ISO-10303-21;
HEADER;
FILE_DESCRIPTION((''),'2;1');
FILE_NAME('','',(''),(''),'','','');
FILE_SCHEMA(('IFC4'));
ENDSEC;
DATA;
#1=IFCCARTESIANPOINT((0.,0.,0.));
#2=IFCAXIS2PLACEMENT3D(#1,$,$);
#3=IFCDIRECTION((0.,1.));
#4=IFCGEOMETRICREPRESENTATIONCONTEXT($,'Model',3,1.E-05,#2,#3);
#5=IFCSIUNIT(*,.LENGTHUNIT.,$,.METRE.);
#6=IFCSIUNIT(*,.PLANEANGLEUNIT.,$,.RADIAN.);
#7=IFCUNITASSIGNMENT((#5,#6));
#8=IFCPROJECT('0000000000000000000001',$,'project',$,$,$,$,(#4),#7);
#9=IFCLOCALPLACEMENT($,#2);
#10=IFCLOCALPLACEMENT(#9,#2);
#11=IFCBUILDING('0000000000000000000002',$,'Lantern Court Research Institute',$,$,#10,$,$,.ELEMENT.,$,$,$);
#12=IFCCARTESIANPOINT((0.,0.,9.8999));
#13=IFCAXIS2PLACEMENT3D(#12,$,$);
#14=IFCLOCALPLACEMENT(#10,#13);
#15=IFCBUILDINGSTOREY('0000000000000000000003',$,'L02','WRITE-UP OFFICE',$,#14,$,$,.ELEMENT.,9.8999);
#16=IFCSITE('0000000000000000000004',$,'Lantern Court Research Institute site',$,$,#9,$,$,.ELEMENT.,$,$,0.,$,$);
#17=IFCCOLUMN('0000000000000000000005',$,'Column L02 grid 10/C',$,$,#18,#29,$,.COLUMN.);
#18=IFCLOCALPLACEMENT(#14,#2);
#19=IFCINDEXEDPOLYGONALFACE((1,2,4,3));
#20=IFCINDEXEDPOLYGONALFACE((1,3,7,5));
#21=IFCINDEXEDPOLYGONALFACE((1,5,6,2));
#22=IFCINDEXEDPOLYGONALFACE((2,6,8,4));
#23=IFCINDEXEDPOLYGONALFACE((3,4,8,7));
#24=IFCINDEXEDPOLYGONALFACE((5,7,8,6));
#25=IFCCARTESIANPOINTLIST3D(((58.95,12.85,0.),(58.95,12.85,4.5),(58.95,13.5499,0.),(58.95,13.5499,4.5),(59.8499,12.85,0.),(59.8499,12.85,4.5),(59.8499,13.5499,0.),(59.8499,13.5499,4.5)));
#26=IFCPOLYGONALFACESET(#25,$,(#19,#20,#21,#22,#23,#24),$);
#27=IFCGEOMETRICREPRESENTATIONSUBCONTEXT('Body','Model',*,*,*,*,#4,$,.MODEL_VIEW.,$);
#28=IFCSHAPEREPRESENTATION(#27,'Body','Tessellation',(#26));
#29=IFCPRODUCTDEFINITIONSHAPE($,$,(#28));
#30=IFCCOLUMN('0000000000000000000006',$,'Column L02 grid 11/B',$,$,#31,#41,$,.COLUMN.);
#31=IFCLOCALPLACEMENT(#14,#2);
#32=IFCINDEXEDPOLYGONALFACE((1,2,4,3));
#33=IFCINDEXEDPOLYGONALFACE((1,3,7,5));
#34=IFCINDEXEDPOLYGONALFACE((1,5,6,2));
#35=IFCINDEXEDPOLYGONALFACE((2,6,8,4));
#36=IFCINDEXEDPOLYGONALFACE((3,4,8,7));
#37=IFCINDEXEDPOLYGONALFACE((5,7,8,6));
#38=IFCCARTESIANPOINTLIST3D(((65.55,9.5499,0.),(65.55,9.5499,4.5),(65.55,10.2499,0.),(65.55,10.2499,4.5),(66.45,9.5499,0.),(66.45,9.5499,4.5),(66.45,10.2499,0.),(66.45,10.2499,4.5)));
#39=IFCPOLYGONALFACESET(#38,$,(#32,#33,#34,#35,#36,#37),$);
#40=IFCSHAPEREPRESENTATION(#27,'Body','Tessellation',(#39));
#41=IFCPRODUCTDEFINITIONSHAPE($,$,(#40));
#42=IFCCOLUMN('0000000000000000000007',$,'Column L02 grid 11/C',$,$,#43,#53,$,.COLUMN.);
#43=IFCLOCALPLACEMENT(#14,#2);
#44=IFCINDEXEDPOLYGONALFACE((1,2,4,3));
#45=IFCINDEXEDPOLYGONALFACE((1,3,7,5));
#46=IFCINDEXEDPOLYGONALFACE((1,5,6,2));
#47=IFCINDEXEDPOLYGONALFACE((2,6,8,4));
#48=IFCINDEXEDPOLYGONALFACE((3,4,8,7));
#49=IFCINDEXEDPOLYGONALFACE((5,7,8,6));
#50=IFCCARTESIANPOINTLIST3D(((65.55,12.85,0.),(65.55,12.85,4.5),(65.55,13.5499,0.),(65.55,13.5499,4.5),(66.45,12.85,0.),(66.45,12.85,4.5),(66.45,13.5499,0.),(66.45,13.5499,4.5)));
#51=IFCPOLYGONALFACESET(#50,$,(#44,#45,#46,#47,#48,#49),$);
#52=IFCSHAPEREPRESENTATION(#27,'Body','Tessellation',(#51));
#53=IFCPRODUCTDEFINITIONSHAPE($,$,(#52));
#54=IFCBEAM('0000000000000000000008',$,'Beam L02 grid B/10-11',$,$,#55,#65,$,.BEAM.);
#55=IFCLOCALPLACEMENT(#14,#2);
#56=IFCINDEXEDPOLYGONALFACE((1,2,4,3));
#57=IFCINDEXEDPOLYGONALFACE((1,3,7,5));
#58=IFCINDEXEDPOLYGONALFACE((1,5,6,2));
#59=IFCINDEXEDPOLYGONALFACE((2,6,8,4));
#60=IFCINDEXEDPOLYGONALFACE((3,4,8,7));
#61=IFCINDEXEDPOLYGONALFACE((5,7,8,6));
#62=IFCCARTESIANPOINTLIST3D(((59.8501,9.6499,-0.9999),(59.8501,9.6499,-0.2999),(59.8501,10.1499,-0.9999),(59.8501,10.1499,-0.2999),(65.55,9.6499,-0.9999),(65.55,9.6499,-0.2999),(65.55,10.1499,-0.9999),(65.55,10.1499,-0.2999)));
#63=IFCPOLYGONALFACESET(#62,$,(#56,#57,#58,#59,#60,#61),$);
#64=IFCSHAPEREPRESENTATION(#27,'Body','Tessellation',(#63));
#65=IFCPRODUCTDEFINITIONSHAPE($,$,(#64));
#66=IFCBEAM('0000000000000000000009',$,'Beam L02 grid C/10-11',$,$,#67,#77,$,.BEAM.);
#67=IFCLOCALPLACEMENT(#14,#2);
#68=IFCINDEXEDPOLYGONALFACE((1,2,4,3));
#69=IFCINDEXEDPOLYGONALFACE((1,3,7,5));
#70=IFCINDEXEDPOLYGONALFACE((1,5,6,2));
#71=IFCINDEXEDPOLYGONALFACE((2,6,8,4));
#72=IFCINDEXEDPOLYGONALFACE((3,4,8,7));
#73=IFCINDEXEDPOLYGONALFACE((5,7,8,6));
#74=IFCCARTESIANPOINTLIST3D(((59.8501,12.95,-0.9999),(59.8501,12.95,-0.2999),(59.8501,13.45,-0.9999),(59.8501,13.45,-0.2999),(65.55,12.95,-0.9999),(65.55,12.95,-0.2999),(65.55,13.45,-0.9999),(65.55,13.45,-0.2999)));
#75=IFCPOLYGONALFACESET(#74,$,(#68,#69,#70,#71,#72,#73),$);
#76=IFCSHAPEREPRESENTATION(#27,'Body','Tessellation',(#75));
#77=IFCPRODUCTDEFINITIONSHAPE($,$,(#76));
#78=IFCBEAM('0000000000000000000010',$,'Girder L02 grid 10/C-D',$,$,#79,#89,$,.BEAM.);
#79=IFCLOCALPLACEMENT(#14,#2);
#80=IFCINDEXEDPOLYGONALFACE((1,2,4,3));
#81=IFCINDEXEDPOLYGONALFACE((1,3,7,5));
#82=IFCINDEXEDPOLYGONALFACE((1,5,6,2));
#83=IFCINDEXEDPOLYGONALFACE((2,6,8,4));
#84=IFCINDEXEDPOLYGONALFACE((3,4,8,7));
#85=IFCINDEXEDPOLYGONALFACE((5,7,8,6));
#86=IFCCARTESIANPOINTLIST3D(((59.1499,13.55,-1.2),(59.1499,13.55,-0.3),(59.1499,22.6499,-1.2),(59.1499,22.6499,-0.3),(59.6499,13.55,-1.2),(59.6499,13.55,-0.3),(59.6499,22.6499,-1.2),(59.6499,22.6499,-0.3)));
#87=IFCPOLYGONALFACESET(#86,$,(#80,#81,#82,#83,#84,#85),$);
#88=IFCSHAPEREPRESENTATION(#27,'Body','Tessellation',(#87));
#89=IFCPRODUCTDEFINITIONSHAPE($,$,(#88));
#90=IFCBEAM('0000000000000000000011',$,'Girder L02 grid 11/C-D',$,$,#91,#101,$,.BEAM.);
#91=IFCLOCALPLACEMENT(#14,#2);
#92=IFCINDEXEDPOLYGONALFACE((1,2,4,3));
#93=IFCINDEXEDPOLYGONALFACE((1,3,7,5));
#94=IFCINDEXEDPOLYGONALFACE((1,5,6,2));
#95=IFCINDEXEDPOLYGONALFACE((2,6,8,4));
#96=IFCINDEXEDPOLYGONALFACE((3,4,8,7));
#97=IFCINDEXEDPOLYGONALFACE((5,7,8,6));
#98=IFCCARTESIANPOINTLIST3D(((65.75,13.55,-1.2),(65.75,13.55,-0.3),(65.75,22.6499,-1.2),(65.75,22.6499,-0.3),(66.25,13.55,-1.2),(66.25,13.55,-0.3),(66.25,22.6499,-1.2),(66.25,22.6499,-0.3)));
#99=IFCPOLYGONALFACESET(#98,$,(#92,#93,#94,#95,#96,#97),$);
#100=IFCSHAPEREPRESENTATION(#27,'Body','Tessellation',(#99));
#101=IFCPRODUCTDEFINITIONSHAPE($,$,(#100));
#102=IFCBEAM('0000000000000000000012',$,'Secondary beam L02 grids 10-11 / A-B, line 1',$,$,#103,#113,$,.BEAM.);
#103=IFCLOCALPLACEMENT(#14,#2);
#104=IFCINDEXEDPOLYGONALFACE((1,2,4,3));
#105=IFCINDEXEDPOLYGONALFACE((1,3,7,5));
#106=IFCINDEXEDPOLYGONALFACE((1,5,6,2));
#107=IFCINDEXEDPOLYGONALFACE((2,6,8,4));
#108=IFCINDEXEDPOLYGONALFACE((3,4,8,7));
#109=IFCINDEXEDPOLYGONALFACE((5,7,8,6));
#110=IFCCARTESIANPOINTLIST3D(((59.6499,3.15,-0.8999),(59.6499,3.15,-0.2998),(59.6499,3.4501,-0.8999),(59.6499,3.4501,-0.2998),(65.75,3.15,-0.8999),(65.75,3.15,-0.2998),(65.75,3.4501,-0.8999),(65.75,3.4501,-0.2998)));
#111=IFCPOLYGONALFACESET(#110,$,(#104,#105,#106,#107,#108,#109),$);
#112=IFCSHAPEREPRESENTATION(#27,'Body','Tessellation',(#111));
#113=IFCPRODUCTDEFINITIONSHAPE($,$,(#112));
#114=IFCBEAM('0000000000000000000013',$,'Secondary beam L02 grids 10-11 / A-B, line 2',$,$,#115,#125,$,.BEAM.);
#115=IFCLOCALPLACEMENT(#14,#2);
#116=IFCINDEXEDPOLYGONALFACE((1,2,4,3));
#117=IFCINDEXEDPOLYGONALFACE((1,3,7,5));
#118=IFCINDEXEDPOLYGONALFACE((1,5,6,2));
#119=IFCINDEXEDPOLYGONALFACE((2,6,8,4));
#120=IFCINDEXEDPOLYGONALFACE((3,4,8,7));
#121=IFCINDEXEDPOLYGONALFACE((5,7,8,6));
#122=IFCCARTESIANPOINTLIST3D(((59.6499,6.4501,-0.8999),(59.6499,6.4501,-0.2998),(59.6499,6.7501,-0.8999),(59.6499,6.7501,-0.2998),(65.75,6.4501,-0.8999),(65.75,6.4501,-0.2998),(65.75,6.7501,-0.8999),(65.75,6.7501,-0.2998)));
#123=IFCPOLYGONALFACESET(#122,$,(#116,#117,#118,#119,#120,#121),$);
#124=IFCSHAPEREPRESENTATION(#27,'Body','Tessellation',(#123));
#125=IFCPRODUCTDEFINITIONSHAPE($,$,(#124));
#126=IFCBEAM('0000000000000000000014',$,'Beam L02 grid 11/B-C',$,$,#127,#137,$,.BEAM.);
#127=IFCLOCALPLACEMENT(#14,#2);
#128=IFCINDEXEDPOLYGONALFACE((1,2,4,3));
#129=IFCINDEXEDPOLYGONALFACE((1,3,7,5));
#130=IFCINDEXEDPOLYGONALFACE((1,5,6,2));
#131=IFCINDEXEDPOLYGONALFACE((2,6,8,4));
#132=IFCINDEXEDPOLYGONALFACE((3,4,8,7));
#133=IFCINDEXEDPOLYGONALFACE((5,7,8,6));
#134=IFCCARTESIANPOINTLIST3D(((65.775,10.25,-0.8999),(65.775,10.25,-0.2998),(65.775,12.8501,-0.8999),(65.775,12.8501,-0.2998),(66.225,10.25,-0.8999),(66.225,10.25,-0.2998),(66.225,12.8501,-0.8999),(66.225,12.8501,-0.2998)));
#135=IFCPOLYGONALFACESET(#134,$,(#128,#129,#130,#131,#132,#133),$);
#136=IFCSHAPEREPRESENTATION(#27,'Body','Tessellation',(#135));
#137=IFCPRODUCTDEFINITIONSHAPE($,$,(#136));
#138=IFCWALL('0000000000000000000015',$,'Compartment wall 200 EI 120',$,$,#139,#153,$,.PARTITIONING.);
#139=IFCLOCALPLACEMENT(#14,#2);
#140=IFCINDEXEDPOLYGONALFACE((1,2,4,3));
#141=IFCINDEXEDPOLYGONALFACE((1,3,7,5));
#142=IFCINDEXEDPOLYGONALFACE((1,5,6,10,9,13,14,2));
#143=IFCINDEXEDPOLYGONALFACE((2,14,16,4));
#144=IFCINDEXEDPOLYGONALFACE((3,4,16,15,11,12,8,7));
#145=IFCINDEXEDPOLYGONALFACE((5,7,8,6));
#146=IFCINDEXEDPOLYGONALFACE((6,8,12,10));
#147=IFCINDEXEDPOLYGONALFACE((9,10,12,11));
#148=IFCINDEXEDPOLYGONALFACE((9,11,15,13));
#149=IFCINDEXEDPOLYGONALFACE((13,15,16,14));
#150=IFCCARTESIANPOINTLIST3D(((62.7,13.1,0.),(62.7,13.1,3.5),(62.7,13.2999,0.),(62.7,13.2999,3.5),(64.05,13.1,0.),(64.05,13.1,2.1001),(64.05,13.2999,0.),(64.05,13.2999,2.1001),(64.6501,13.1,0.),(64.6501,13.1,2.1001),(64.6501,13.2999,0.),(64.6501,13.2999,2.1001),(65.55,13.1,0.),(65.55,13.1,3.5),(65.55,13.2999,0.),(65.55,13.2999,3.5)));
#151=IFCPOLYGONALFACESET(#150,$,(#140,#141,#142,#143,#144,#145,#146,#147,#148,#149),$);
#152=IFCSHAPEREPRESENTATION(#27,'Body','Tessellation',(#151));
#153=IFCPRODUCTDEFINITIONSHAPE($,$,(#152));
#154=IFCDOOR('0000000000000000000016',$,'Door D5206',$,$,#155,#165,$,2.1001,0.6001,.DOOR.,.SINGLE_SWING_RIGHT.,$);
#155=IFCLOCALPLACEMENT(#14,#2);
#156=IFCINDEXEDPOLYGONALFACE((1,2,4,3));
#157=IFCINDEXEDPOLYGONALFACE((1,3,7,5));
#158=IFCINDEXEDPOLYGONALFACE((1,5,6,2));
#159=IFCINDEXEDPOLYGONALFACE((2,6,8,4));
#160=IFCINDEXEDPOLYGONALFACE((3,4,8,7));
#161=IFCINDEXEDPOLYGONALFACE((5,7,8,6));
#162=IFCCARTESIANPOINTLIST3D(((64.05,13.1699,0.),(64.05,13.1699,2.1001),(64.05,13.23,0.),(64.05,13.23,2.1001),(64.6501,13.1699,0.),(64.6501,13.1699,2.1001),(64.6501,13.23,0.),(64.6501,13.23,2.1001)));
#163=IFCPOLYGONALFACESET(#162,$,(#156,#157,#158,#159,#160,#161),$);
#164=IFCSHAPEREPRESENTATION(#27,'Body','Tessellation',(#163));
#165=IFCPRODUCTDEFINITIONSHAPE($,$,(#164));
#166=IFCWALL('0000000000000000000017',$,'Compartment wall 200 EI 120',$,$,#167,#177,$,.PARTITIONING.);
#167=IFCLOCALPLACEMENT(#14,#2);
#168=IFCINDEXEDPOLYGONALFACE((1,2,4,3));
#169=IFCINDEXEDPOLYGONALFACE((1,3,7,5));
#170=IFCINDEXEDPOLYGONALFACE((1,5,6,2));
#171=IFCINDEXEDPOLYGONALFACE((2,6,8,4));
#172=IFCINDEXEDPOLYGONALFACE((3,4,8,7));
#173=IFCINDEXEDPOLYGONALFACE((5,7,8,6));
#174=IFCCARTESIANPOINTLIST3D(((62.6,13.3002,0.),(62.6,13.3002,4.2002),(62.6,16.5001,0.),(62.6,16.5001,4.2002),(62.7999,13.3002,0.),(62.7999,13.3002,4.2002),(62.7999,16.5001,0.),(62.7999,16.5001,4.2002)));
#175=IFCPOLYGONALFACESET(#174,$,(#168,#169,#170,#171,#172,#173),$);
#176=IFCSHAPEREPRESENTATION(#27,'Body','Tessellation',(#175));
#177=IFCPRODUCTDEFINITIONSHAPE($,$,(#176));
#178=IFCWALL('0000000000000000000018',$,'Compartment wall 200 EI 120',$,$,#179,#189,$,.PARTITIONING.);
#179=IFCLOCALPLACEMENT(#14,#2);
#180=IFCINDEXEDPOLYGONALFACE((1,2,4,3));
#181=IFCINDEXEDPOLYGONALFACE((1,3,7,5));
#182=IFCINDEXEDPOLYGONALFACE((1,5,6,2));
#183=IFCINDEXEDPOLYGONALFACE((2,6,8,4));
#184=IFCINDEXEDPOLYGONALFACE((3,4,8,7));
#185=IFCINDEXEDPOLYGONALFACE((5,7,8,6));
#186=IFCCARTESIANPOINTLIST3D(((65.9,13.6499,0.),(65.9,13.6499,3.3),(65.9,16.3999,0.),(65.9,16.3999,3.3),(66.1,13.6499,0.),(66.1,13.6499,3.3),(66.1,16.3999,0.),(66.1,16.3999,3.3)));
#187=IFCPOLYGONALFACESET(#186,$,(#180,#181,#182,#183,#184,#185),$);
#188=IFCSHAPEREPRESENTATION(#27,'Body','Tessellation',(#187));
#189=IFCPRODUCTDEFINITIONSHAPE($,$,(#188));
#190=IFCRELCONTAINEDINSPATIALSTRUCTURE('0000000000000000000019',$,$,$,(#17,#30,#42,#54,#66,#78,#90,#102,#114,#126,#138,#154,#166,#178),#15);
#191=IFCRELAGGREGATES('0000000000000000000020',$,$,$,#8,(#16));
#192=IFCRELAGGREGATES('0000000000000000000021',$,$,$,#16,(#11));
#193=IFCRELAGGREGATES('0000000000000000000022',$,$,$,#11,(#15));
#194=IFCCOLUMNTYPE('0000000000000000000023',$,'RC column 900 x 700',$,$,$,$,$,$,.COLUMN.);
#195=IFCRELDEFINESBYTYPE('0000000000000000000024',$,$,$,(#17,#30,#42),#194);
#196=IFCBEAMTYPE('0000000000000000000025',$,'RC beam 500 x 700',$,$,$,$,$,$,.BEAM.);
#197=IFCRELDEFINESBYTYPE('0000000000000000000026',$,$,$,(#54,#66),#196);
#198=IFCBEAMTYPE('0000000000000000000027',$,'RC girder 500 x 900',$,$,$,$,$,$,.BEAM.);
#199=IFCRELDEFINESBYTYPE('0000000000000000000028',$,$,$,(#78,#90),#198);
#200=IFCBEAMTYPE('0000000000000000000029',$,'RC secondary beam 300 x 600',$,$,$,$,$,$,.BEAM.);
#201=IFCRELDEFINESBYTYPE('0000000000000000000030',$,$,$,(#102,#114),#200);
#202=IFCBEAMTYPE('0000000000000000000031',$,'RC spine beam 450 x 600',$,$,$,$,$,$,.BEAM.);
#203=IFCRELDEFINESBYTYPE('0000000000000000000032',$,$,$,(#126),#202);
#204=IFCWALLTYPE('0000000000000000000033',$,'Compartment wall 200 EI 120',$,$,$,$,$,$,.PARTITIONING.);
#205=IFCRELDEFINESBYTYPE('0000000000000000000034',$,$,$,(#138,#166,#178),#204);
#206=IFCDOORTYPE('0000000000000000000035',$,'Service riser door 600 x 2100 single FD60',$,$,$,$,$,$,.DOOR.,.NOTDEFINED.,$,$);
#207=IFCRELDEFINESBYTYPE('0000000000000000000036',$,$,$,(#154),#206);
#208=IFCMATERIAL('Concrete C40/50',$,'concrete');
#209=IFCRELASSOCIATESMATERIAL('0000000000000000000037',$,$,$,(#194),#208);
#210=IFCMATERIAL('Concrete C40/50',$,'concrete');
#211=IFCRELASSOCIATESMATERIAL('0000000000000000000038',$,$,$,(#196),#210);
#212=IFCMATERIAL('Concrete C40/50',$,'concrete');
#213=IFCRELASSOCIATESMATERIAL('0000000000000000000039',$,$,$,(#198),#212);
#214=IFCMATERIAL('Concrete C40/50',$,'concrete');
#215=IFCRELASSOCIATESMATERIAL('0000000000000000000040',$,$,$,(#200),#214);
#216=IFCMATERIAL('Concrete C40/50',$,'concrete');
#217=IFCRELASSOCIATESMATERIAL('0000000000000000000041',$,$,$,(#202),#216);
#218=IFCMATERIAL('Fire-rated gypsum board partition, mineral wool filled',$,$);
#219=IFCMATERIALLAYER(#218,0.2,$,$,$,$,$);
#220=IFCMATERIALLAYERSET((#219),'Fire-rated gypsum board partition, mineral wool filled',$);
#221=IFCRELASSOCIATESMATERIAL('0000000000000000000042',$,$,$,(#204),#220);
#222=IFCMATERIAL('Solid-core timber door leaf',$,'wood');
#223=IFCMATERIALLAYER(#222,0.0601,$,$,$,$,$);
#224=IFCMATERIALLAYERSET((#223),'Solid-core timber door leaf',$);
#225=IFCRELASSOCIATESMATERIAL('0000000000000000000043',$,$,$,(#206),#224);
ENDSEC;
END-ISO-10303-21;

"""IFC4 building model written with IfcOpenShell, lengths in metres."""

from ifc_helpers import new_model, si_unit, direction, frame, frame_2d, origin, origin_2d, place, context, subcontext, project, spatial, rectangle, extrude, material, layer, layer_set, material_profile, profile_set, type_object, element, fill, save


model = new_model("IFC4")

# Units and contexts
model_context = context("Model", 3, precision=1e-05, world=origin(), true_north=direction((0.0, 1.0)))
body_context = subcontext(model_context, "Body", "Model", "MODEL_VIEW")
ifc_project = project(units=[si_unit("LENGTHUNIT", "METRE"), si_unit("PLANEANGLEUNIT", "RADIAN")], contexts=[model_context])

# Site, building, storey
site_placement = place(None, origin())
site = spatial("IfcSite", under=ifc_project, at=site_placement, Name="Lantern Court Research Institute site", CompositionType="ELEMENT", RefElevation=0.0)
building_placement = place(site_placement, origin())
building = spatial("IfcBuilding", under=site, at=building_placement, Name="Lantern Court Research Institute", CompositionType="ELEMENT")
storey_placement = place(building_placement, frame((0.0, 0.0, 9.8999)))
storey = spatial("IfcBuildingStorey", under=building, at=storey_placement, Name="L02", Description="WRITE-UP OFFICE", CompositionType="ELEMENT", Elevation=9.8999)

# Columns
ifc_material_1 = material(Name="Concrete C40/50", Category="concrete")
ifc_material_profile_1 = material_profile(ifc_material_1, rectangle(XDim=0.8999, YDim=0.7, at=origin_2d()), Name="RC column 900 x 700")
ifc_profile_set_1 = profile_set([ifc_material_profile_1], Name="Concrete C40/50")
column_type = type_object("IfcColumnType", Name="RC column 900 x 700", PredefinedType="COLUMN", material=ifc_profile_set_1)
for number, where, z_axis, x_axis, name in (
    (1, (59.3999, 13.2, 0.0), (0.0, 0.0, 1.0), (1.0, 0.0, 0.0), "Column L02 grid 10/C"),
    (2, (66.0, 9.8999, 0.0), (0.0, 0.0, 1.0), (1.0, 0.0, 0.0), "Column L02 grid 11/B"),
    (3, (66.0, 13.2, 0.0), (0.0, 0.0, 1.0), (1.0, 0.0, 0.0), "Column L02 grid 11/C"),
):
    element("IfcColumn", number, at=place(storey_placement, frame(where, z_axis=z_axis, x_axis=x_axis)), inside=storey, type_object=column_type, Name=name, PredefinedType="COLUMN", context=body_context, shape_type="SweptSolid", body=[
        extrude(rectangle(XDim=0.8999, YDim=0.7, at=origin_2d()), origin(), (0.0, 0.0, 1.0), 4.5),
    ])

# Beams
ifc_material_2 = material(Name="Concrete C40/50", Category="concrete")
ifc_material_profile_2 = material_profile(ifc_material_2, rectangle(XDim=0.5, YDim=0.7, at=origin_2d()), Name="RC beam 500 x 700")
ifc_profile_set_2 = profile_set([ifc_material_profile_2], Name="Concrete C40/50")
beam_type_1 = type_object("IfcBeamType", Name="RC beam 500 x 700", PredefinedType="BEAM", material=ifc_profile_set_2)
for number, where, z_axis, x_axis, name in (
    (4, (59.8501, 9.8999, -0.6499), (1.0, 0.0, 0.0), (0.0, 1.0, 0.0), "Beam L02 grid B/10-11"),
    (5, (59.8501, 13.2, -0.6499), (1.0, 0.0, 0.0), (0.0, 1.0, 0.0), "Beam L02 grid C/10-11"),
):
    element("IfcBeam", number, at=place(storey_placement, frame(where, z_axis=z_axis, x_axis=x_axis)), inside=storey, type_object=beam_type_1, Name=name, PredefinedType="BEAM", context=body_context, shape_type="SweptSolid", body=[
        extrude(rectangle(XDim=0.5, YDim=0.7, at=origin_2d()), origin(), (0.0, 0.0, 1.0), 5.7),
    ])
ifc_material_3 = material(Name="Concrete C40/50", Category="concrete")
ifc_material_profile_3 = material_profile(ifc_material_3, rectangle(XDim=0.5, YDim=0.8999, at=origin_2d()), Name="RC beam 500 x 900")
ifc_profile_set_3 = profile_set([ifc_material_profile_3], Name="Concrete C40/50")
beam_type_2 = type_object("IfcBeamType", Name="RC girder 500 x 900", PredefinedType="BEAM", material=ifc_profile_set_3)
for number, where, z_axis, x_axis, name in (
    (6, (59.3999, 13.55, -0.75), (0.0, 1.0, 0.0), (-1.0, 0.0, 0.0), "Girder L02 grid 10/C-D"),
    (7, (66.0, 13.55, -0.75), (0.0, 1.0, 0.0), (-1.0, 0.0, 0.0), "Girder L02 grid 11/C-D"),
):
    element("IfcBeam", number, at=place(storey_placement, frame(where, z_axis=z_axis, x_axis=x_axis)), inside=storey, type_object=beam_type_2, Name=name, PredefinedType="BEAM", context=body_context, shape_type="SweptSolid", body=[
        extrude(rectangle(XDim=0.5, YDim=0.8999, at=origin_2d()), origin(), (0.0, 0.0, 1.0), 9.0999),
    ])
ifc_material_4 = material(Name="Concrete C40/50", Category="concrete")
ifc_material_profile_4 = material_profile(ifc_material_4, rectangle(XDim=0.3, YDim=0.6001, at=origin_2d()), Name="RC beam 300 x 600")
ifc_profile_set_4 = profile_set([ifc_material_profile_4], Name="Concrete C40/50")
beam_type_3 = type_object("IfcBeamType", Name="RC secondary beam 300 x 600", PredefinedType="BEAM", material=ifc_profile_set_4)
for number, where, z_axis, x_axis, name in (
    (8, (59.6499, 3.3, -0.5999), (1.0, 0.0, 0.0), (0.0, 1.0, 0.0), "Secondary beam L02 grids 10-11 / A-B, line 1"),
    (9, (59.6499, 6.6001, -0.5999), (1.0, 0.0, 0.0), (0.0, 1.0, 0.0), "Secondary beam L02 grids 10-11 / A-B, line 2"),
):
    element("IfcBeam", number, at=place(storey_placement, frame(where, z_axis=z_axis, x_axis=x_axis)), inside=storey, type_object=beam_type_3, Name=name, PredefinedType="BEAM", context=body_context, shape_type="SweptSolid", body=[
        extrude(rectangle(XDim=0.3, YDim=0.6001, at=origin_2d()), origin(), (0.0, 0.0, 1.0), 6.1001),
    ])
ifc_material_5 = material(Name="Concrete C40/50", Category="concrete")
ifc_material_profile_5 = material_profile(ifc_material_5, rectangle(XDim=0.45, YDim=0.6001, at=origin_2d()), Name="RC beam 450 x 600")
ifc_profile_set_5 = profile_set([ifc_material_profile_5], Name="Concrete C40/50")
beam_type_4 = type_object("IfcBeamType", Name="RC spine beam 450 x 600", PredefinedType="BEAM", material=ifc_profile_set_5)
beam_placement = place(storey_placement, frame((66.0, 10.25, -0.5999), z_axis=(0.0, 1.0, 0.0), x_axis=(-1.0, 0.0, 0.0)))
element("IfcBeam", 10, at=beam_placement, inside=storey, type_object=beam_type_4, Name="Beam L02 grid 11/B-C", PredefinedType="BEAM", context=body_context, shape_type="SweptSolid", body=[
    extrude(rectangle(XDim=0.45, YDim=0.6001, at=origin_2d()), origin(), (0.0, 0.0, 1.0), 2.6001),
])

# Wall, opening, door
ifc_material_6 = material(Name="Fire-rated gypsum board partition, mineral wool filled")
ifc_layer_1 = layer(ifc_material_6, 0.2)
ifc_layer_set_1 = layer_set([ifc_layer_1], Name="Fire-rated gypsum board partition, mineral wool filled")
wall_type_1 = type_object("IfcWallType", Name="Compartment wall 200 EI 120", PredefinedType="PARTITIONING", material=ifc_layer_set_1)
wall_1_placement = place(storey_placement, frame((62.7, 13.2, 0.0), z_axis=(0.0, 0.0, 1.0), x_axis=(1.0, 0.0, 0.0)))
wall_1 = element("IfcWall", 11, at=wall_1_placement, inside=storey, type_object=wall_type_1, Name="Compartment wall 200 EI 120", PredefinedType="PARTITIONING", context=body_context, shape_type="SweptSolid", body=[
    extrude(rectangle(XDim=2.8501, YDim=0.2, at=frame_2d((1.425, 0.0))), origin(), (0.0, 0.0, 1.0), 3.5),
])
opening_1_placement = place(wall_1_placement, frame((1.3501, 0.0, 0.0)))
opening_1 = element("IfcOpeningElement", 12, at=opening_1_placement, cuts=wall_1, PredefinedType="OPENING", context=body_context, shape_type="SweptSolid", body=[
    extrude(rectangle(XDim=0.6001, YDim=2.1001, at=frame_2d((0.3, 1.05))), frame((0.0, 0.1099, 0.0), z_axis=(0.0, -1.0, 0.0), x_axis=(1.0, 0.0, 0.0)), (0.0, 0.0, 1.0), 0.22),
])
ifc_material_7 = material(Name="Solid-core timber door leaf", Category="wood")
ifc_layer_2 = layer(ifc_material_7, 0.0601)
ifc_layer_set_2 = layer_set([ifc_layer_2], Name="Solid-core timber door leaf")
door_type_1 = type_object("IfcDoorType", Name="Service riser door 600 x 2100 single FD60", OperationType="NOTDEFINED", PredefinedType="DOOR", material=ifc_layer_set_2)
door_1_placement = place(opening_1_placement, origin())
door_1 = element("IfcDoor", 13, at=door_1_placement, inside=storey, type_object=door_type_1, Name="Door D5206", OperationType="SINGLE_SWING_RIGHT", OverallHeight=2.1001, OverallWidth=0.6001, PredefinedType="DOOR", context=body_context, shape_type="SweptSolid", body=[
    extrude(rectangle(XDim=0.6001, YDim=2.1001, at=frame_2d((0.3, 1.05))), frame((0.0, 0.03, 0.0), z_axis=(0.0, -1.0, 0.0), x_axis=(1.0, 0.0, 0.0)), (0.0, 0.0, 1.0), 0.0601),
])
fill(opening_1, door_1)

# Walls
wall_2_placement = place(storey_placement, frame((62.7, 13.3, 0.0), z_axis=(0.0, 0.0, 1.0), x_axis=(0.0, 1.0, 0.0)))
element("IfcWall", 14, at=wall_2_placement, inside=storey, type_object=wall_type_1, Name="Compartment wall 200 EI 120", PredefinedType="PARTITIONING", context=body_context, shape_type="SweptSolid", body=[
    extrude(rectangle(XDim=3.2, YDim=0.2, at=frame_2d((1.6001, 0.0))), origin(), (0.0, 0.0, 1.0), 4.2002),
])
wall_3_placement = place(storey_placement, frame((66.0, 13.6499, 0.0), z_axis=(0.0, 0.0, 1.0), x_axis=(0.0, 1.0, 0.0)))
element("IfcWall", 15, at=wall_3_placement, inside=storey, type_object=wall_type_1, Name="Compartment wall 200 EI 120", PredefinedType="PARTITIONING", context=body_context, shape_type="SweptSolid", body=[
    extrude(rectangle(XDim=2.75, YDim=0.2, at=frame_2d((1.375, 0.0))), origin(), (0.0, 0.0, 1.0), 3.3),
])

save(model, "model.ifc")
